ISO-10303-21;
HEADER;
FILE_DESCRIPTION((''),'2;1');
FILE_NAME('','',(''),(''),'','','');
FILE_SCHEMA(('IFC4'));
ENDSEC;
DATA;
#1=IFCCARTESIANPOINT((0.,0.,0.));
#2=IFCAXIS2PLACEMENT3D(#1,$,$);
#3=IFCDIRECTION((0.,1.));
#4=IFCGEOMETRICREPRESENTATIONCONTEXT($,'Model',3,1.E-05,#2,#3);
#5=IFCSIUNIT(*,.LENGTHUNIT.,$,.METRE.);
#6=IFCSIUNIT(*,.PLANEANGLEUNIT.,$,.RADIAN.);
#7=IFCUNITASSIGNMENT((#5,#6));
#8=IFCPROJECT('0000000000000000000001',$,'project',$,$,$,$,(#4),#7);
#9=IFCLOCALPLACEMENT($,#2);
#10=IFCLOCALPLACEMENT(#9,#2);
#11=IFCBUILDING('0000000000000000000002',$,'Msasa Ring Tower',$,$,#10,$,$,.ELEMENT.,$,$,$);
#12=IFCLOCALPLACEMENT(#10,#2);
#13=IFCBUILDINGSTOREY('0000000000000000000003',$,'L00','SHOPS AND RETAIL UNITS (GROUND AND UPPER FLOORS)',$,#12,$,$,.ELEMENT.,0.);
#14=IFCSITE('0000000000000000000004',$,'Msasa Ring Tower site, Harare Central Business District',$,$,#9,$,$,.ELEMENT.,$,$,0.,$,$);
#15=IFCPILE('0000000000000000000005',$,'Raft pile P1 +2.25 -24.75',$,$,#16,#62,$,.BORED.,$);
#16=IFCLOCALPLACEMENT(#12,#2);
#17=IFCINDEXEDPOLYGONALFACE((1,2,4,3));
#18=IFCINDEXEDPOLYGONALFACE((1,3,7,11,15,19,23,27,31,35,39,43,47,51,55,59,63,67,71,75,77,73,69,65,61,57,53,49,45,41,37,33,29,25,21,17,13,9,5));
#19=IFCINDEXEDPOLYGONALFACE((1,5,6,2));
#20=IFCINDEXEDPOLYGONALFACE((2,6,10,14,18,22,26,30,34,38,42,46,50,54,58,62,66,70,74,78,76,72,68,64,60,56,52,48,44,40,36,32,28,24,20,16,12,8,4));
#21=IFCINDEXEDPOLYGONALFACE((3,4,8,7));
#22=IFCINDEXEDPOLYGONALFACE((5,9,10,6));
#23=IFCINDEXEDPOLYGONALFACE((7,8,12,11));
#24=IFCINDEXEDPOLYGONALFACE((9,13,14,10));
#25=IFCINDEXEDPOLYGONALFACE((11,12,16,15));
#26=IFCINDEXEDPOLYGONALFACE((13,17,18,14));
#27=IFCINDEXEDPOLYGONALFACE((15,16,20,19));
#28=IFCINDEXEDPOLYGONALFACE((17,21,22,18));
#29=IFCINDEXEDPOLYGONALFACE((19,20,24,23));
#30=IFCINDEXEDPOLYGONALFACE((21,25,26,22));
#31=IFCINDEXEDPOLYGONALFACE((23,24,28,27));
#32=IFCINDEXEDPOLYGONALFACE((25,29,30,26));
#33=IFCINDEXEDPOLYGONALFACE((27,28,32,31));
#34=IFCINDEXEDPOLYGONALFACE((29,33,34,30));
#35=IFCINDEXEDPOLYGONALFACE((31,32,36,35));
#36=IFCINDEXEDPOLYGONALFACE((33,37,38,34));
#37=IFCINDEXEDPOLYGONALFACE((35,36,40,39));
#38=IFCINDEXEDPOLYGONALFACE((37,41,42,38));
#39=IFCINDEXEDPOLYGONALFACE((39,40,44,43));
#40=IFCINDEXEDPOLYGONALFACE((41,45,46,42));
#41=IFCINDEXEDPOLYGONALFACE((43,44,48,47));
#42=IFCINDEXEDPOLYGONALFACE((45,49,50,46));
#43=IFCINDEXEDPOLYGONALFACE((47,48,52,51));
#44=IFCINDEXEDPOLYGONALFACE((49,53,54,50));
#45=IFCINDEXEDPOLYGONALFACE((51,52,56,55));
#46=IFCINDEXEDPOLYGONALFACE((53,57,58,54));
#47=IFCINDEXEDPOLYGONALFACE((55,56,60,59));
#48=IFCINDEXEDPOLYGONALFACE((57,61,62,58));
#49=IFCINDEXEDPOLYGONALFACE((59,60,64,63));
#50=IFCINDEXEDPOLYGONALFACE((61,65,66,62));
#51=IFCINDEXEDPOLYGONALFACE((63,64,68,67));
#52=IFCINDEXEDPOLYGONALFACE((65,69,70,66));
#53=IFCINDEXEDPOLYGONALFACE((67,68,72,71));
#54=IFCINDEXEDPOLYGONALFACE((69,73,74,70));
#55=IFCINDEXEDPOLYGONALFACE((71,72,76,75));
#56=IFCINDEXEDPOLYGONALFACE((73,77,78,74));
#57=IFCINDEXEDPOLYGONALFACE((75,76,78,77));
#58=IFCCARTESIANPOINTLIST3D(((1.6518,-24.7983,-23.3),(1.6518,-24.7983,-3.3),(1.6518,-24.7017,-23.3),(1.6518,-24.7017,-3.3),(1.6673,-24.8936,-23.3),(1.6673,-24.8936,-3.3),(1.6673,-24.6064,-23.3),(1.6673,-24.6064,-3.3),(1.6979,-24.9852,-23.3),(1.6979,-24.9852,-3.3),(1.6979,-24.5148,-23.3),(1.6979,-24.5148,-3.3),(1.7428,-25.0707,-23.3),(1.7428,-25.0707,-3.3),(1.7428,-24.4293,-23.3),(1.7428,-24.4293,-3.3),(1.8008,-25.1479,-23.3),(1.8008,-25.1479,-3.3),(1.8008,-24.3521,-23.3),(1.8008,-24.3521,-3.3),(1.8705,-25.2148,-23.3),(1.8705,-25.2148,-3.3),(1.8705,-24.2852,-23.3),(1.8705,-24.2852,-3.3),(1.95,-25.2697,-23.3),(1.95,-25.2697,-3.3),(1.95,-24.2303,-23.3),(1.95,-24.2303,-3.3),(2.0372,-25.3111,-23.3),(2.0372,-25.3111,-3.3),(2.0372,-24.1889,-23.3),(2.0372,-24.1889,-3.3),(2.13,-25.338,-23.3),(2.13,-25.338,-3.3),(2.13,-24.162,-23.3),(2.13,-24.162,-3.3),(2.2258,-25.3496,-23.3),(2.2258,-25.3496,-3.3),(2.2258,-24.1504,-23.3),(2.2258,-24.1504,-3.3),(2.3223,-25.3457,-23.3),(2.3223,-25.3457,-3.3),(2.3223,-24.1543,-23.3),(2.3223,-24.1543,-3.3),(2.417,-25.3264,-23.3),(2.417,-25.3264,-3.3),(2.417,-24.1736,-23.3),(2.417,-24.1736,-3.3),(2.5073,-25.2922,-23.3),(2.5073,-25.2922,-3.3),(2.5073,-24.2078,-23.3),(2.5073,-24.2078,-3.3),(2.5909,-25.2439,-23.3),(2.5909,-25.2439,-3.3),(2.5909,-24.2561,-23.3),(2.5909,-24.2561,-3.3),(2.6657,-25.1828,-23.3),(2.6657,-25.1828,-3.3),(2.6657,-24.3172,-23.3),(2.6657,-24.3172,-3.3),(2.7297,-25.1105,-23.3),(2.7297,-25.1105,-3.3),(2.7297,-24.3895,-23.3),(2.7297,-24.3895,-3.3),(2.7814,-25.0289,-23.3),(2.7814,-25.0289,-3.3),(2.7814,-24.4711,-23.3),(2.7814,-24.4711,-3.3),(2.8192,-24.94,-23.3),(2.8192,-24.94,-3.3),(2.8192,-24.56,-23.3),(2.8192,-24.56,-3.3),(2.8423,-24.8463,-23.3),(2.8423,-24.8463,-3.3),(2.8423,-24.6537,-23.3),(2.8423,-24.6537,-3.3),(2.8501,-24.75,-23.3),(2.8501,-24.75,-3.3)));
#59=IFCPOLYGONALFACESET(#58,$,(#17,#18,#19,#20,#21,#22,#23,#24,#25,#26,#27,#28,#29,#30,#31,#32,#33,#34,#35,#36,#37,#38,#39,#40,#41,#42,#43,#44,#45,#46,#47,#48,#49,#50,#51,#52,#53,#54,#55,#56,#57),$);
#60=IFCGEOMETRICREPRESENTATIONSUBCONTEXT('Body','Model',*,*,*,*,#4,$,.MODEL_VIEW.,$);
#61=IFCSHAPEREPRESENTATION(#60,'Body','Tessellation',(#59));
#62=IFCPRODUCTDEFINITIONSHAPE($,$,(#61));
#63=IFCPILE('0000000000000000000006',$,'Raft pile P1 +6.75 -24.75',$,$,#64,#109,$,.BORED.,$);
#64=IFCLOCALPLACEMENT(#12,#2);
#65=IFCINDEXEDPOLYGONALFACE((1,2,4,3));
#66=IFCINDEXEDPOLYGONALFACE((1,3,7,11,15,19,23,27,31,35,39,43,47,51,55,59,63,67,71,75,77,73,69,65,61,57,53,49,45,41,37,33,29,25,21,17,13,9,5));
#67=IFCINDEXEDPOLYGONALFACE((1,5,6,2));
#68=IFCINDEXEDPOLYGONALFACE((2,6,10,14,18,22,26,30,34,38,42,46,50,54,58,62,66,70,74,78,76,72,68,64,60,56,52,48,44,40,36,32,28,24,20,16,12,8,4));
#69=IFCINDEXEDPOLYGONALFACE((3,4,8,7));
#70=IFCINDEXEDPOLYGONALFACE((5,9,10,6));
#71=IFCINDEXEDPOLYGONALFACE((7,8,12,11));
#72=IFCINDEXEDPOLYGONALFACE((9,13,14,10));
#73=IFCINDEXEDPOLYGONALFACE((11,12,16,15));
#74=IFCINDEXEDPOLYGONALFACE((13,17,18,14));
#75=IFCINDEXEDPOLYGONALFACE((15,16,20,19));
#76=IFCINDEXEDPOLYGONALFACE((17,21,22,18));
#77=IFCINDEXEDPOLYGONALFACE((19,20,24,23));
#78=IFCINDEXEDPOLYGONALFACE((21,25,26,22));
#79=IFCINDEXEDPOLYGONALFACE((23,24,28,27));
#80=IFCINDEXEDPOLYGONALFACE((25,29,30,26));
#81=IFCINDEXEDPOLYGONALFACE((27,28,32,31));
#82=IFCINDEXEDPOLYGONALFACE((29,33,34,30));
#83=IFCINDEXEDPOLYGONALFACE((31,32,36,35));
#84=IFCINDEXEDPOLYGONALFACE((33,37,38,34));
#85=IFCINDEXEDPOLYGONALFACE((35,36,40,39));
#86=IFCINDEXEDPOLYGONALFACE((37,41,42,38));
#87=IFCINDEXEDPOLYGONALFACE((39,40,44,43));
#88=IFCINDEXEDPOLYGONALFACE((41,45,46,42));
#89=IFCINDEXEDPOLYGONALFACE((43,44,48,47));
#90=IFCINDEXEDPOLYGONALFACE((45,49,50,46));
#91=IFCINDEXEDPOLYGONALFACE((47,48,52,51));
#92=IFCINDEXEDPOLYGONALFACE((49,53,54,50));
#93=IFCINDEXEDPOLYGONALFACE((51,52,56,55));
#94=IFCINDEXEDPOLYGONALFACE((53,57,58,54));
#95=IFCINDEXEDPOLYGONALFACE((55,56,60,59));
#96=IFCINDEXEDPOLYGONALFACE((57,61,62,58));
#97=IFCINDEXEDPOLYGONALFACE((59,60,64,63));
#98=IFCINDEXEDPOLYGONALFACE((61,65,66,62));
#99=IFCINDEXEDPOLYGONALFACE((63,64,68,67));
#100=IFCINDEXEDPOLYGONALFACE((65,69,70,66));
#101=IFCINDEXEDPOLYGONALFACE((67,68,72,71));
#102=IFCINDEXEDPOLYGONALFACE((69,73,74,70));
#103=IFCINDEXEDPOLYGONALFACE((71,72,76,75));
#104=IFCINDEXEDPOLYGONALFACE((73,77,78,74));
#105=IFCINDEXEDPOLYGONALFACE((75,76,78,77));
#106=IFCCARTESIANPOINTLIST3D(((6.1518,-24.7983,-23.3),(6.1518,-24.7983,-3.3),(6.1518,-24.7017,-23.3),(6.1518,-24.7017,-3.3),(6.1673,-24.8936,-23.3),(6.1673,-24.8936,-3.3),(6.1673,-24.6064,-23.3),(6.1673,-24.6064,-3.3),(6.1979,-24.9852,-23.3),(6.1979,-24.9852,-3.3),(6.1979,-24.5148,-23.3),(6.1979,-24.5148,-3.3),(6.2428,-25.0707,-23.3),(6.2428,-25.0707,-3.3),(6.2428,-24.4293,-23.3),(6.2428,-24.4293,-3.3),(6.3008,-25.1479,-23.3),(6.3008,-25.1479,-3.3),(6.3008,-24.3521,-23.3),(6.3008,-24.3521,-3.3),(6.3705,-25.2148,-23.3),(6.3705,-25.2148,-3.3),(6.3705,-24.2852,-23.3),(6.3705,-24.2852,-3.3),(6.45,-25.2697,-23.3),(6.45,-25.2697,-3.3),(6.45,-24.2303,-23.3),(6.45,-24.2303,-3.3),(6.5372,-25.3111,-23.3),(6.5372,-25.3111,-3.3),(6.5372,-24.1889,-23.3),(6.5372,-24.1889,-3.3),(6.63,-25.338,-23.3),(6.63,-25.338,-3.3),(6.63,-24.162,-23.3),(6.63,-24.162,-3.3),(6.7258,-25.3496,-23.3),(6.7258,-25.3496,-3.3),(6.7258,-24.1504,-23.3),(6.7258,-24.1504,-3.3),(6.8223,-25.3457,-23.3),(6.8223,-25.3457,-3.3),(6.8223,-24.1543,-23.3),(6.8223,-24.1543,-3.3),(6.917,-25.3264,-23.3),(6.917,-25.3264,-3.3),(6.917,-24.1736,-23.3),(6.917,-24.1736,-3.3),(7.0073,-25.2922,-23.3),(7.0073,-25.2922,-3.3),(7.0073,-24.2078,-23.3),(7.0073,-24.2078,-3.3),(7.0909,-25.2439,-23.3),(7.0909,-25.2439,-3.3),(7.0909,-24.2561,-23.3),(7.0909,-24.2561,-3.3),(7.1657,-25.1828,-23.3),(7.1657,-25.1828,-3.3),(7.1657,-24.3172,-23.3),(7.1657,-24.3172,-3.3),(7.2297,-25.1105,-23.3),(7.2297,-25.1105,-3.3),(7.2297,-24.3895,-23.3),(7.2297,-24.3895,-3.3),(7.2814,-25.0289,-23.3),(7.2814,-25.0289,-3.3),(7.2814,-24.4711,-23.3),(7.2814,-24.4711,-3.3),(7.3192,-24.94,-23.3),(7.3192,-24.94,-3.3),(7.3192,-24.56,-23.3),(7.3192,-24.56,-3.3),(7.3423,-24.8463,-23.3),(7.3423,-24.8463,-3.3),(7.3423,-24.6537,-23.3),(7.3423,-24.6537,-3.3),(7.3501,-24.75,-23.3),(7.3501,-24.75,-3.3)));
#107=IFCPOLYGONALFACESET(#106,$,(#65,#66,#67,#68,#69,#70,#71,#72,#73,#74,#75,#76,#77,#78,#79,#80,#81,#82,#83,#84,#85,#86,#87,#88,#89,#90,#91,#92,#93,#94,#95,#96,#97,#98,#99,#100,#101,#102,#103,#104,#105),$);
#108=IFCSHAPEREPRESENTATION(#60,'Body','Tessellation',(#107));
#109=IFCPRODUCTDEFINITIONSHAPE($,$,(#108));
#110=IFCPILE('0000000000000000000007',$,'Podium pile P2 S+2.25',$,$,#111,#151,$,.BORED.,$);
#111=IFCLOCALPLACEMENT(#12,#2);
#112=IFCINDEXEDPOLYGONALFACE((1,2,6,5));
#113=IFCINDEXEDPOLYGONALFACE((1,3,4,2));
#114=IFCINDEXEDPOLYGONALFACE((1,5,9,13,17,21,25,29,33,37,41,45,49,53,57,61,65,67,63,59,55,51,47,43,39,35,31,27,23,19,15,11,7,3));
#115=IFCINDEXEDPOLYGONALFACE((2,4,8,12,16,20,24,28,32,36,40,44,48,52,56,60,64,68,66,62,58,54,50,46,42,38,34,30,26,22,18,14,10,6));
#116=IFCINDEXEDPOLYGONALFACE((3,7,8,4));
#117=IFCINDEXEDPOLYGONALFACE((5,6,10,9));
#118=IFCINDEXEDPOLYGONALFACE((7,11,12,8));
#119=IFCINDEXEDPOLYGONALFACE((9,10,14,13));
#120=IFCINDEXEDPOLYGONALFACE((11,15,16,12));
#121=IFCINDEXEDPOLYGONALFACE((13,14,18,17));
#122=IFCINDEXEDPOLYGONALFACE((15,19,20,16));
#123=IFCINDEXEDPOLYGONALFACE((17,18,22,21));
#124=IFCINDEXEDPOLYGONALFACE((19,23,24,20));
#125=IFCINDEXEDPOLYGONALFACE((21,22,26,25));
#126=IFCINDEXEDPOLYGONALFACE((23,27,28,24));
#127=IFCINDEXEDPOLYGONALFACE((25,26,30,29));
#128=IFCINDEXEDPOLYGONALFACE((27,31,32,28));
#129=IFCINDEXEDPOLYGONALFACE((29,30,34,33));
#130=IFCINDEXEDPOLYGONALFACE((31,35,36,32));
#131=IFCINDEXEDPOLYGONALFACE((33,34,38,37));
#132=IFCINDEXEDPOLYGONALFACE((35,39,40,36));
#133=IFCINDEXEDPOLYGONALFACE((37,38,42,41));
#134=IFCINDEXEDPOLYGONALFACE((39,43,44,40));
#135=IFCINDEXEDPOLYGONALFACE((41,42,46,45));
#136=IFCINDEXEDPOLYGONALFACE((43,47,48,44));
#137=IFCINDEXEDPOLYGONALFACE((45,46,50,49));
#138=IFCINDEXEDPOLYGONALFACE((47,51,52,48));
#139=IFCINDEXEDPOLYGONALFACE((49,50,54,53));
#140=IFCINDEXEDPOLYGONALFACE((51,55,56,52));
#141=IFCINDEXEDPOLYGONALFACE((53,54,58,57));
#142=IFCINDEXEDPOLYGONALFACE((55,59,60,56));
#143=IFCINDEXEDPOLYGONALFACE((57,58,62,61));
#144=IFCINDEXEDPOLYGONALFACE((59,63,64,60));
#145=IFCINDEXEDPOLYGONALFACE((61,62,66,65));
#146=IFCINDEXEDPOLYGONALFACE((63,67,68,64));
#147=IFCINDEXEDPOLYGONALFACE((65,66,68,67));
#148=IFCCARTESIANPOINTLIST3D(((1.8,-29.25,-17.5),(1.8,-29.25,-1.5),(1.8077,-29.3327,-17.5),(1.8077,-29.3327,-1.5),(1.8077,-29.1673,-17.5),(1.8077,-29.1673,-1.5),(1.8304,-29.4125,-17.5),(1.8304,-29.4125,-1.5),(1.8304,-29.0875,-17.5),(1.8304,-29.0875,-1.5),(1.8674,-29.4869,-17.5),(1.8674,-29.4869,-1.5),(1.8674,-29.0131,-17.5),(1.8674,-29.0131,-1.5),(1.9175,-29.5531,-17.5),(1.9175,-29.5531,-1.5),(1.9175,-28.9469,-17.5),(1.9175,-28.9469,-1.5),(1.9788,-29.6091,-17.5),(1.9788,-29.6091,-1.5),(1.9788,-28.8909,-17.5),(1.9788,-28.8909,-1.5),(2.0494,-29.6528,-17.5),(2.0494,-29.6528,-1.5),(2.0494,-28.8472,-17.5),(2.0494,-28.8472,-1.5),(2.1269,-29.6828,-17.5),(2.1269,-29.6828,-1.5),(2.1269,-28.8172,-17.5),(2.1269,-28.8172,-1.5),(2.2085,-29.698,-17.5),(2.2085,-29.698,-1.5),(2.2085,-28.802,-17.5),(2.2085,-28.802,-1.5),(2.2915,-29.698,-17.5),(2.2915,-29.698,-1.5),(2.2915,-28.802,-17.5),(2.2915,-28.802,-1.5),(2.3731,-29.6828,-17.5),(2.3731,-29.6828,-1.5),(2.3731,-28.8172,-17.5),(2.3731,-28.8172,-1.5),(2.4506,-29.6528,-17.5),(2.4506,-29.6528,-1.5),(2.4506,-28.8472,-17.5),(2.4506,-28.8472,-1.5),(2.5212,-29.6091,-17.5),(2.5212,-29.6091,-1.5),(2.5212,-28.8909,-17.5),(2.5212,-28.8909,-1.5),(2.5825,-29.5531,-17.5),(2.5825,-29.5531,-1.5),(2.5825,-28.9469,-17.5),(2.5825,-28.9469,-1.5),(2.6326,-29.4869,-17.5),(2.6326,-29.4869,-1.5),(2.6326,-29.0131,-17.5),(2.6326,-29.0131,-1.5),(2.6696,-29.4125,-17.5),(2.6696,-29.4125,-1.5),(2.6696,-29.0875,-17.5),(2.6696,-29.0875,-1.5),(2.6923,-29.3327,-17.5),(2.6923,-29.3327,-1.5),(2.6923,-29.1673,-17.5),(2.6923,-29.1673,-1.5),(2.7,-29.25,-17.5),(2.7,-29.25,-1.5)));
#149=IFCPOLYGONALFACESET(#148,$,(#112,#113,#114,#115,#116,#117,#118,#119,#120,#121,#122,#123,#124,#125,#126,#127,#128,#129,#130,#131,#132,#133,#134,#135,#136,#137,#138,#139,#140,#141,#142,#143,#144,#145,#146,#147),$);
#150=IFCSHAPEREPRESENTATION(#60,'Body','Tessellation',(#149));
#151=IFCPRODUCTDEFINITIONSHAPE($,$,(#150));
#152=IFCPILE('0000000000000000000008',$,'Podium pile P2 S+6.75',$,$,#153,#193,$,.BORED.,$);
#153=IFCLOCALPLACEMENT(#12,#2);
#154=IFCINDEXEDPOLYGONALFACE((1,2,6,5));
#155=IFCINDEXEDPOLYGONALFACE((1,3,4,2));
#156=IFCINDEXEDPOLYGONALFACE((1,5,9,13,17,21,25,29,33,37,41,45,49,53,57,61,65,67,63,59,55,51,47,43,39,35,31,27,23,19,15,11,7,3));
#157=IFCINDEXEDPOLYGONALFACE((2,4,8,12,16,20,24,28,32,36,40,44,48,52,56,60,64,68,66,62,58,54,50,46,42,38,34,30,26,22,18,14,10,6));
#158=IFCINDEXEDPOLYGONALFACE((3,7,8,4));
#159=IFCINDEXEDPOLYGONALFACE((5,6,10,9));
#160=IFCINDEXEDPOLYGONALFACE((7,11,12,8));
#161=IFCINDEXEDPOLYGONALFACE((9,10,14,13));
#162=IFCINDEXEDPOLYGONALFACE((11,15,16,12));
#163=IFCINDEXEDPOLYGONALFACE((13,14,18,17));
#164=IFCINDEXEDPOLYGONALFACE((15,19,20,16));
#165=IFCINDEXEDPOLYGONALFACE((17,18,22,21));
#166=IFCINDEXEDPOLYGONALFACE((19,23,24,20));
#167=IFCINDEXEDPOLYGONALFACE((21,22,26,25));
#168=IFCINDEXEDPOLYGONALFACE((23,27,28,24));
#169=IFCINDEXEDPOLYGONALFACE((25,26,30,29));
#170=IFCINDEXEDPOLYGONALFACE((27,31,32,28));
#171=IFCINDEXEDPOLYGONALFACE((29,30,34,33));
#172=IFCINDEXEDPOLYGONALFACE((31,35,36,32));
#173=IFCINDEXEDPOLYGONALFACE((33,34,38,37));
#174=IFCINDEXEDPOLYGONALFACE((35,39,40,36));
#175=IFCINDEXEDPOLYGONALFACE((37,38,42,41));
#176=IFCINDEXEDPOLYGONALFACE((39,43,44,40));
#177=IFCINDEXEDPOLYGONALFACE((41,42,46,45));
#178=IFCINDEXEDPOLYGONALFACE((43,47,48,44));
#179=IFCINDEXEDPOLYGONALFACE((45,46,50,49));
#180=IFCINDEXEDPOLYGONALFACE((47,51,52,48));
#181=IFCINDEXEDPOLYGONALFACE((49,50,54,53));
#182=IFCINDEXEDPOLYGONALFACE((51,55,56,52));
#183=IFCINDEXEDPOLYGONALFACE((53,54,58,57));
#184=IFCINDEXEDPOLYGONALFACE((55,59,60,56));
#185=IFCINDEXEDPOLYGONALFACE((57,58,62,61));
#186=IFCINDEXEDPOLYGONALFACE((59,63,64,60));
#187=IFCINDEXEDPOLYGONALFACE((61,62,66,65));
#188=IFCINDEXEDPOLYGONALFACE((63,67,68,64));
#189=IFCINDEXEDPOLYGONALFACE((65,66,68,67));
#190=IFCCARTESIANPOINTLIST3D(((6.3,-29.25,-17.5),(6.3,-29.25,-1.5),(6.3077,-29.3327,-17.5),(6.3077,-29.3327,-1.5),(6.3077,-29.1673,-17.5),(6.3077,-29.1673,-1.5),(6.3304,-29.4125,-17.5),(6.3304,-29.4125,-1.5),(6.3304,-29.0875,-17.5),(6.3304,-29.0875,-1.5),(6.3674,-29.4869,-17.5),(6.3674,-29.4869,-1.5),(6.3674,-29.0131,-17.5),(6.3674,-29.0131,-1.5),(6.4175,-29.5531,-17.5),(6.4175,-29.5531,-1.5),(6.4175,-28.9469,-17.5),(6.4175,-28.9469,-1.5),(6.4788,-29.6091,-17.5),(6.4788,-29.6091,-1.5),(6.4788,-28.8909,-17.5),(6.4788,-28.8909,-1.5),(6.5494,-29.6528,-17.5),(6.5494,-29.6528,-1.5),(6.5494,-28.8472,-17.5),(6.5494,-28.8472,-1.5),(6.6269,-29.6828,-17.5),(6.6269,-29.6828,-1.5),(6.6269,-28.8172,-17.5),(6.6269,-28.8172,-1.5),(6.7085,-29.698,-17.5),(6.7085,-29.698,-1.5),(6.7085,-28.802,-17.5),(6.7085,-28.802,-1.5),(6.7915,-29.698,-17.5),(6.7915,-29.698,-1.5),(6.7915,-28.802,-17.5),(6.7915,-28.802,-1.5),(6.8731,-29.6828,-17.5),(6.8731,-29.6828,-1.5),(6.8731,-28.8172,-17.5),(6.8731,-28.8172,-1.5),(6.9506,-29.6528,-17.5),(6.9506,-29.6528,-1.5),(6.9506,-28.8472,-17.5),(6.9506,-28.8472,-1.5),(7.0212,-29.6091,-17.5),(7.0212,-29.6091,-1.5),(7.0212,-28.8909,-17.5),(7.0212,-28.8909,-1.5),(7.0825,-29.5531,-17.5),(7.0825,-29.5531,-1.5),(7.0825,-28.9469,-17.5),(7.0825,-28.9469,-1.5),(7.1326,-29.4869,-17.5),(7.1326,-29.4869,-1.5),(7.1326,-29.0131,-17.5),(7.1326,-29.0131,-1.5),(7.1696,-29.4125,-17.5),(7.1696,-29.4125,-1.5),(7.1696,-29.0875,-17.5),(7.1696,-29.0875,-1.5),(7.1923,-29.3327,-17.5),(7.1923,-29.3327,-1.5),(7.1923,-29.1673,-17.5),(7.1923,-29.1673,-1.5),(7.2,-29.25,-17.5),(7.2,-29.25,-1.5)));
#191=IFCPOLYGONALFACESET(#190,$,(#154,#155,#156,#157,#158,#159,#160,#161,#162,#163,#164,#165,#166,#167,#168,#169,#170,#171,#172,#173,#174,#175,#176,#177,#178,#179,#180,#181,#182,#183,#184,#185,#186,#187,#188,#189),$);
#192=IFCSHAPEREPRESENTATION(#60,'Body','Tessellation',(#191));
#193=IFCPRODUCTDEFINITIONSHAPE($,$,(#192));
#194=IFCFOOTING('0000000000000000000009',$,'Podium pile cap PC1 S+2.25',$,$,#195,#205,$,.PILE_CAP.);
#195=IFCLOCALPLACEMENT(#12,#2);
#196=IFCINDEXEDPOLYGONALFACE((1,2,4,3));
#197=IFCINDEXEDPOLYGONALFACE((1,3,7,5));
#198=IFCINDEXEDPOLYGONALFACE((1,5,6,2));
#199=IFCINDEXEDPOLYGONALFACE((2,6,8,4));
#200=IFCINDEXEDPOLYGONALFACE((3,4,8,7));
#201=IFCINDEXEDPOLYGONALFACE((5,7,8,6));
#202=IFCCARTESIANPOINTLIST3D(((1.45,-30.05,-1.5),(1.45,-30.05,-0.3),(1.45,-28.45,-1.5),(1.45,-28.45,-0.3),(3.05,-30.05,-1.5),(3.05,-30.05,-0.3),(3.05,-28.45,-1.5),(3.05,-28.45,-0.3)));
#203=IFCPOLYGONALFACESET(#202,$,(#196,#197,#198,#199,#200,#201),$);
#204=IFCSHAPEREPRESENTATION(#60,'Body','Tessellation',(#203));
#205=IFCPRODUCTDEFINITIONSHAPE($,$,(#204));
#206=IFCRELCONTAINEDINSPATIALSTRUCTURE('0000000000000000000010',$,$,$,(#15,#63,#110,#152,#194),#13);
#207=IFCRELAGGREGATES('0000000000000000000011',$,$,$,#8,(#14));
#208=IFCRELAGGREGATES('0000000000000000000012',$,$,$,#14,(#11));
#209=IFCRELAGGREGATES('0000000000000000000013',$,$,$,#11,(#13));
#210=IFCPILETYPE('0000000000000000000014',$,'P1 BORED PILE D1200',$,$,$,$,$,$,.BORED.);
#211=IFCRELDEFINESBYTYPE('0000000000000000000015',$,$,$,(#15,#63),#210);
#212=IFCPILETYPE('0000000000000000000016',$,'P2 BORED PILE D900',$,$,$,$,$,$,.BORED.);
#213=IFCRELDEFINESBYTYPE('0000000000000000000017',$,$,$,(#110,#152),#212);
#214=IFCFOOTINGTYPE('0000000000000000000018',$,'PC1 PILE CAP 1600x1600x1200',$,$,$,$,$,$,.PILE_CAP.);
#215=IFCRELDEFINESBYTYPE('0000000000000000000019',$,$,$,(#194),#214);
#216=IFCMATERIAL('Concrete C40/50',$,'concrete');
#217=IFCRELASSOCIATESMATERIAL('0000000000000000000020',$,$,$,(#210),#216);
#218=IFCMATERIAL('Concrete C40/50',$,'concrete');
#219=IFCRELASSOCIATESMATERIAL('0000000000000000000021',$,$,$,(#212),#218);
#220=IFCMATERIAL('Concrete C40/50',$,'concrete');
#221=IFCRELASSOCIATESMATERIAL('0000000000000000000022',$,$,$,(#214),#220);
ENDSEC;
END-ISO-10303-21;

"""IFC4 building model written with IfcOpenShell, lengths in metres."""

from ifc_helpers import new_model, si_unit, direction, frame, origin, origin_2d, place, context, subcontext, project, spatial, rectangle, circle, extrude, material, material_profile, profile_set, type_object, element, save


model = new_model("IFC4")

# Units and contexts
model_context = context("Model", 3, precision=1e-05, world=origin(), true_north=direction((0.0, 1.0)))
body_context = subcontext(model_context, "Body", "Model", "MODEL_VIEW")
ifc_project = project(units=[si_unit("LENGTHUNIT", "METRE"), si_unit("PLANEANGLEUNIT", "RADIAN")], contexts=[model_context])

# Site, building, storey
site_placement = place(None, origin())
site = spatial("IfcSite", under=ifc_project, at=site_placement, Name="Msasa Ring Tower site, Harare Central Business District", CompositionType="ELEMENT", RefElevation=0.0)
building_placement = place(site_placement, origin())
building = spatial("IfcBuilding", under=site, at=building_placement, Name="Msasa Ring Tower", CompositionType="ELEMENT")
storey_placement = place(building_placement, origin())
storey = spatial("IfcBuildingStorey", under=building, at=storey_placement, Name="L00", Description="SHOPS AND RETAIL UNITS (GROUND AND UPPER FLOORS)", CompositionType="ELEMENT", Elevation=0.0)

# Piles
ifc_material_1 = material(Name="Concrete C40/50", Category="concrete")
ifc_material_profile_1 = material_profile(ifc_material_1, circle(Radius=0.6001, at=origin_2d()), Name="D1200")
ifc_profile_set_1 = profile_set([ifc_material_profile_1], Name="Concrete C40/50")
pile_type_1 = type_object("IfcPileType", Name="P1 BORED PILE D1200", PredefinedType="BORED", material=ifc_profile_set_1)
for number, where, z_axis, x_axis, name in (
    (1, (2.25, -24.75, -3.3), (0.0, 0.0, -1.0), (1.0, 0.0, 0.0), "Raft pile P1 +2.25 -24.75"),
    (2, (6.75, -24.75, -3.3), (0.0, 0.0, -1.0), (1.0, 0.0, 0.0), "Raft pile P1 +6.75 -24.75"),
):
    element("IfcPile", number, at=place(storey_placement, frame(where, z_axis=z_axis, x_axis=x_axis)), inside=storey, type_object=pile_type_1, Name=name, PredefinedType="BORED", context=body_context, shape_type="SweptSolid", body=[
        extrude(circle(Radius=0.6001, at=origin_2d()), origin(), (0.0, 0.0, 1.0), 20.0),
    ])
ifc_material_2 = material(Name="Concrete C40/50", Category="concrete")
ifc_material_profile_2 = material_profile(ifc_material_2, circle(Radius=0.45, at=origin_2d()), Name="D900")
ifc_profile_set_2 = profile_set([ifc_material_profile_2], Name="Concrete C40/50")
pile_type_2 = type_object("IfcPileType", Name="P2 BORED PILE D900", PredefinedType="BORED", material=ifc_profile_set_2)
for number, where, z_axis, x_axis, name in (
    (3, (2.25, -29.25, -1.5), (0.0, 0.0, -1.0), (1.0, 0.0, 0.0), "Podium pile P2 S+2.25"),
    (4, (6.75, -29.25, -1.5), (0.0, 0.0, -1.0), (1.0, 0.0, 0.0), "Podium pile P2 S+6.75"),
):
    element("IfcPile", number, at=place(storey_placement, frame(where, z_axis=z_axis, x_axis=x_axis)), inside=storey, type_object=pile_type_2, Name=name, PredefinedType="BORED", context=body_context, shape_type="SweptSolid", body=[
        extrude(circle(Radius=0.45, at=origin_2d()), origin(), (0.0, 0.0, 1.0), 16.0),
    ])

# Footing
ifc_material_3 = material(Name="Concrete C40/50", Category="concrete")
footing_type = type_object("IfcFootingType", Name="PC1 PILE CAP 1600x1600x1200", PredefinedType="PILE_CAP", material=ifc_material_3)
for number, where, z_axis, x_axis, name in (
    (5, (2.25, -29.25, -1.5), (0.0, 0.0, 1.0), (1.0, 0.0, 0.0), "Podium pile cap PC1 S+2.25"),
):
    element("IfcFooting", number, at=place(storey_placement, frame(where, z_axis=z_axis, x_axis=x_axis)), inside=storey, type_object=footing_type, Name=name, PredefinedType="PILE_CAP", context=body_context, shape_type="SweptSolid", body=[
        extrude(rectangle(XDim=1.6001, YDim=1.6001, at=origin_2d()), origin(), (0.0, 0.0, 1.0), 1.2),
    ])

save(model, "model.ifc")
